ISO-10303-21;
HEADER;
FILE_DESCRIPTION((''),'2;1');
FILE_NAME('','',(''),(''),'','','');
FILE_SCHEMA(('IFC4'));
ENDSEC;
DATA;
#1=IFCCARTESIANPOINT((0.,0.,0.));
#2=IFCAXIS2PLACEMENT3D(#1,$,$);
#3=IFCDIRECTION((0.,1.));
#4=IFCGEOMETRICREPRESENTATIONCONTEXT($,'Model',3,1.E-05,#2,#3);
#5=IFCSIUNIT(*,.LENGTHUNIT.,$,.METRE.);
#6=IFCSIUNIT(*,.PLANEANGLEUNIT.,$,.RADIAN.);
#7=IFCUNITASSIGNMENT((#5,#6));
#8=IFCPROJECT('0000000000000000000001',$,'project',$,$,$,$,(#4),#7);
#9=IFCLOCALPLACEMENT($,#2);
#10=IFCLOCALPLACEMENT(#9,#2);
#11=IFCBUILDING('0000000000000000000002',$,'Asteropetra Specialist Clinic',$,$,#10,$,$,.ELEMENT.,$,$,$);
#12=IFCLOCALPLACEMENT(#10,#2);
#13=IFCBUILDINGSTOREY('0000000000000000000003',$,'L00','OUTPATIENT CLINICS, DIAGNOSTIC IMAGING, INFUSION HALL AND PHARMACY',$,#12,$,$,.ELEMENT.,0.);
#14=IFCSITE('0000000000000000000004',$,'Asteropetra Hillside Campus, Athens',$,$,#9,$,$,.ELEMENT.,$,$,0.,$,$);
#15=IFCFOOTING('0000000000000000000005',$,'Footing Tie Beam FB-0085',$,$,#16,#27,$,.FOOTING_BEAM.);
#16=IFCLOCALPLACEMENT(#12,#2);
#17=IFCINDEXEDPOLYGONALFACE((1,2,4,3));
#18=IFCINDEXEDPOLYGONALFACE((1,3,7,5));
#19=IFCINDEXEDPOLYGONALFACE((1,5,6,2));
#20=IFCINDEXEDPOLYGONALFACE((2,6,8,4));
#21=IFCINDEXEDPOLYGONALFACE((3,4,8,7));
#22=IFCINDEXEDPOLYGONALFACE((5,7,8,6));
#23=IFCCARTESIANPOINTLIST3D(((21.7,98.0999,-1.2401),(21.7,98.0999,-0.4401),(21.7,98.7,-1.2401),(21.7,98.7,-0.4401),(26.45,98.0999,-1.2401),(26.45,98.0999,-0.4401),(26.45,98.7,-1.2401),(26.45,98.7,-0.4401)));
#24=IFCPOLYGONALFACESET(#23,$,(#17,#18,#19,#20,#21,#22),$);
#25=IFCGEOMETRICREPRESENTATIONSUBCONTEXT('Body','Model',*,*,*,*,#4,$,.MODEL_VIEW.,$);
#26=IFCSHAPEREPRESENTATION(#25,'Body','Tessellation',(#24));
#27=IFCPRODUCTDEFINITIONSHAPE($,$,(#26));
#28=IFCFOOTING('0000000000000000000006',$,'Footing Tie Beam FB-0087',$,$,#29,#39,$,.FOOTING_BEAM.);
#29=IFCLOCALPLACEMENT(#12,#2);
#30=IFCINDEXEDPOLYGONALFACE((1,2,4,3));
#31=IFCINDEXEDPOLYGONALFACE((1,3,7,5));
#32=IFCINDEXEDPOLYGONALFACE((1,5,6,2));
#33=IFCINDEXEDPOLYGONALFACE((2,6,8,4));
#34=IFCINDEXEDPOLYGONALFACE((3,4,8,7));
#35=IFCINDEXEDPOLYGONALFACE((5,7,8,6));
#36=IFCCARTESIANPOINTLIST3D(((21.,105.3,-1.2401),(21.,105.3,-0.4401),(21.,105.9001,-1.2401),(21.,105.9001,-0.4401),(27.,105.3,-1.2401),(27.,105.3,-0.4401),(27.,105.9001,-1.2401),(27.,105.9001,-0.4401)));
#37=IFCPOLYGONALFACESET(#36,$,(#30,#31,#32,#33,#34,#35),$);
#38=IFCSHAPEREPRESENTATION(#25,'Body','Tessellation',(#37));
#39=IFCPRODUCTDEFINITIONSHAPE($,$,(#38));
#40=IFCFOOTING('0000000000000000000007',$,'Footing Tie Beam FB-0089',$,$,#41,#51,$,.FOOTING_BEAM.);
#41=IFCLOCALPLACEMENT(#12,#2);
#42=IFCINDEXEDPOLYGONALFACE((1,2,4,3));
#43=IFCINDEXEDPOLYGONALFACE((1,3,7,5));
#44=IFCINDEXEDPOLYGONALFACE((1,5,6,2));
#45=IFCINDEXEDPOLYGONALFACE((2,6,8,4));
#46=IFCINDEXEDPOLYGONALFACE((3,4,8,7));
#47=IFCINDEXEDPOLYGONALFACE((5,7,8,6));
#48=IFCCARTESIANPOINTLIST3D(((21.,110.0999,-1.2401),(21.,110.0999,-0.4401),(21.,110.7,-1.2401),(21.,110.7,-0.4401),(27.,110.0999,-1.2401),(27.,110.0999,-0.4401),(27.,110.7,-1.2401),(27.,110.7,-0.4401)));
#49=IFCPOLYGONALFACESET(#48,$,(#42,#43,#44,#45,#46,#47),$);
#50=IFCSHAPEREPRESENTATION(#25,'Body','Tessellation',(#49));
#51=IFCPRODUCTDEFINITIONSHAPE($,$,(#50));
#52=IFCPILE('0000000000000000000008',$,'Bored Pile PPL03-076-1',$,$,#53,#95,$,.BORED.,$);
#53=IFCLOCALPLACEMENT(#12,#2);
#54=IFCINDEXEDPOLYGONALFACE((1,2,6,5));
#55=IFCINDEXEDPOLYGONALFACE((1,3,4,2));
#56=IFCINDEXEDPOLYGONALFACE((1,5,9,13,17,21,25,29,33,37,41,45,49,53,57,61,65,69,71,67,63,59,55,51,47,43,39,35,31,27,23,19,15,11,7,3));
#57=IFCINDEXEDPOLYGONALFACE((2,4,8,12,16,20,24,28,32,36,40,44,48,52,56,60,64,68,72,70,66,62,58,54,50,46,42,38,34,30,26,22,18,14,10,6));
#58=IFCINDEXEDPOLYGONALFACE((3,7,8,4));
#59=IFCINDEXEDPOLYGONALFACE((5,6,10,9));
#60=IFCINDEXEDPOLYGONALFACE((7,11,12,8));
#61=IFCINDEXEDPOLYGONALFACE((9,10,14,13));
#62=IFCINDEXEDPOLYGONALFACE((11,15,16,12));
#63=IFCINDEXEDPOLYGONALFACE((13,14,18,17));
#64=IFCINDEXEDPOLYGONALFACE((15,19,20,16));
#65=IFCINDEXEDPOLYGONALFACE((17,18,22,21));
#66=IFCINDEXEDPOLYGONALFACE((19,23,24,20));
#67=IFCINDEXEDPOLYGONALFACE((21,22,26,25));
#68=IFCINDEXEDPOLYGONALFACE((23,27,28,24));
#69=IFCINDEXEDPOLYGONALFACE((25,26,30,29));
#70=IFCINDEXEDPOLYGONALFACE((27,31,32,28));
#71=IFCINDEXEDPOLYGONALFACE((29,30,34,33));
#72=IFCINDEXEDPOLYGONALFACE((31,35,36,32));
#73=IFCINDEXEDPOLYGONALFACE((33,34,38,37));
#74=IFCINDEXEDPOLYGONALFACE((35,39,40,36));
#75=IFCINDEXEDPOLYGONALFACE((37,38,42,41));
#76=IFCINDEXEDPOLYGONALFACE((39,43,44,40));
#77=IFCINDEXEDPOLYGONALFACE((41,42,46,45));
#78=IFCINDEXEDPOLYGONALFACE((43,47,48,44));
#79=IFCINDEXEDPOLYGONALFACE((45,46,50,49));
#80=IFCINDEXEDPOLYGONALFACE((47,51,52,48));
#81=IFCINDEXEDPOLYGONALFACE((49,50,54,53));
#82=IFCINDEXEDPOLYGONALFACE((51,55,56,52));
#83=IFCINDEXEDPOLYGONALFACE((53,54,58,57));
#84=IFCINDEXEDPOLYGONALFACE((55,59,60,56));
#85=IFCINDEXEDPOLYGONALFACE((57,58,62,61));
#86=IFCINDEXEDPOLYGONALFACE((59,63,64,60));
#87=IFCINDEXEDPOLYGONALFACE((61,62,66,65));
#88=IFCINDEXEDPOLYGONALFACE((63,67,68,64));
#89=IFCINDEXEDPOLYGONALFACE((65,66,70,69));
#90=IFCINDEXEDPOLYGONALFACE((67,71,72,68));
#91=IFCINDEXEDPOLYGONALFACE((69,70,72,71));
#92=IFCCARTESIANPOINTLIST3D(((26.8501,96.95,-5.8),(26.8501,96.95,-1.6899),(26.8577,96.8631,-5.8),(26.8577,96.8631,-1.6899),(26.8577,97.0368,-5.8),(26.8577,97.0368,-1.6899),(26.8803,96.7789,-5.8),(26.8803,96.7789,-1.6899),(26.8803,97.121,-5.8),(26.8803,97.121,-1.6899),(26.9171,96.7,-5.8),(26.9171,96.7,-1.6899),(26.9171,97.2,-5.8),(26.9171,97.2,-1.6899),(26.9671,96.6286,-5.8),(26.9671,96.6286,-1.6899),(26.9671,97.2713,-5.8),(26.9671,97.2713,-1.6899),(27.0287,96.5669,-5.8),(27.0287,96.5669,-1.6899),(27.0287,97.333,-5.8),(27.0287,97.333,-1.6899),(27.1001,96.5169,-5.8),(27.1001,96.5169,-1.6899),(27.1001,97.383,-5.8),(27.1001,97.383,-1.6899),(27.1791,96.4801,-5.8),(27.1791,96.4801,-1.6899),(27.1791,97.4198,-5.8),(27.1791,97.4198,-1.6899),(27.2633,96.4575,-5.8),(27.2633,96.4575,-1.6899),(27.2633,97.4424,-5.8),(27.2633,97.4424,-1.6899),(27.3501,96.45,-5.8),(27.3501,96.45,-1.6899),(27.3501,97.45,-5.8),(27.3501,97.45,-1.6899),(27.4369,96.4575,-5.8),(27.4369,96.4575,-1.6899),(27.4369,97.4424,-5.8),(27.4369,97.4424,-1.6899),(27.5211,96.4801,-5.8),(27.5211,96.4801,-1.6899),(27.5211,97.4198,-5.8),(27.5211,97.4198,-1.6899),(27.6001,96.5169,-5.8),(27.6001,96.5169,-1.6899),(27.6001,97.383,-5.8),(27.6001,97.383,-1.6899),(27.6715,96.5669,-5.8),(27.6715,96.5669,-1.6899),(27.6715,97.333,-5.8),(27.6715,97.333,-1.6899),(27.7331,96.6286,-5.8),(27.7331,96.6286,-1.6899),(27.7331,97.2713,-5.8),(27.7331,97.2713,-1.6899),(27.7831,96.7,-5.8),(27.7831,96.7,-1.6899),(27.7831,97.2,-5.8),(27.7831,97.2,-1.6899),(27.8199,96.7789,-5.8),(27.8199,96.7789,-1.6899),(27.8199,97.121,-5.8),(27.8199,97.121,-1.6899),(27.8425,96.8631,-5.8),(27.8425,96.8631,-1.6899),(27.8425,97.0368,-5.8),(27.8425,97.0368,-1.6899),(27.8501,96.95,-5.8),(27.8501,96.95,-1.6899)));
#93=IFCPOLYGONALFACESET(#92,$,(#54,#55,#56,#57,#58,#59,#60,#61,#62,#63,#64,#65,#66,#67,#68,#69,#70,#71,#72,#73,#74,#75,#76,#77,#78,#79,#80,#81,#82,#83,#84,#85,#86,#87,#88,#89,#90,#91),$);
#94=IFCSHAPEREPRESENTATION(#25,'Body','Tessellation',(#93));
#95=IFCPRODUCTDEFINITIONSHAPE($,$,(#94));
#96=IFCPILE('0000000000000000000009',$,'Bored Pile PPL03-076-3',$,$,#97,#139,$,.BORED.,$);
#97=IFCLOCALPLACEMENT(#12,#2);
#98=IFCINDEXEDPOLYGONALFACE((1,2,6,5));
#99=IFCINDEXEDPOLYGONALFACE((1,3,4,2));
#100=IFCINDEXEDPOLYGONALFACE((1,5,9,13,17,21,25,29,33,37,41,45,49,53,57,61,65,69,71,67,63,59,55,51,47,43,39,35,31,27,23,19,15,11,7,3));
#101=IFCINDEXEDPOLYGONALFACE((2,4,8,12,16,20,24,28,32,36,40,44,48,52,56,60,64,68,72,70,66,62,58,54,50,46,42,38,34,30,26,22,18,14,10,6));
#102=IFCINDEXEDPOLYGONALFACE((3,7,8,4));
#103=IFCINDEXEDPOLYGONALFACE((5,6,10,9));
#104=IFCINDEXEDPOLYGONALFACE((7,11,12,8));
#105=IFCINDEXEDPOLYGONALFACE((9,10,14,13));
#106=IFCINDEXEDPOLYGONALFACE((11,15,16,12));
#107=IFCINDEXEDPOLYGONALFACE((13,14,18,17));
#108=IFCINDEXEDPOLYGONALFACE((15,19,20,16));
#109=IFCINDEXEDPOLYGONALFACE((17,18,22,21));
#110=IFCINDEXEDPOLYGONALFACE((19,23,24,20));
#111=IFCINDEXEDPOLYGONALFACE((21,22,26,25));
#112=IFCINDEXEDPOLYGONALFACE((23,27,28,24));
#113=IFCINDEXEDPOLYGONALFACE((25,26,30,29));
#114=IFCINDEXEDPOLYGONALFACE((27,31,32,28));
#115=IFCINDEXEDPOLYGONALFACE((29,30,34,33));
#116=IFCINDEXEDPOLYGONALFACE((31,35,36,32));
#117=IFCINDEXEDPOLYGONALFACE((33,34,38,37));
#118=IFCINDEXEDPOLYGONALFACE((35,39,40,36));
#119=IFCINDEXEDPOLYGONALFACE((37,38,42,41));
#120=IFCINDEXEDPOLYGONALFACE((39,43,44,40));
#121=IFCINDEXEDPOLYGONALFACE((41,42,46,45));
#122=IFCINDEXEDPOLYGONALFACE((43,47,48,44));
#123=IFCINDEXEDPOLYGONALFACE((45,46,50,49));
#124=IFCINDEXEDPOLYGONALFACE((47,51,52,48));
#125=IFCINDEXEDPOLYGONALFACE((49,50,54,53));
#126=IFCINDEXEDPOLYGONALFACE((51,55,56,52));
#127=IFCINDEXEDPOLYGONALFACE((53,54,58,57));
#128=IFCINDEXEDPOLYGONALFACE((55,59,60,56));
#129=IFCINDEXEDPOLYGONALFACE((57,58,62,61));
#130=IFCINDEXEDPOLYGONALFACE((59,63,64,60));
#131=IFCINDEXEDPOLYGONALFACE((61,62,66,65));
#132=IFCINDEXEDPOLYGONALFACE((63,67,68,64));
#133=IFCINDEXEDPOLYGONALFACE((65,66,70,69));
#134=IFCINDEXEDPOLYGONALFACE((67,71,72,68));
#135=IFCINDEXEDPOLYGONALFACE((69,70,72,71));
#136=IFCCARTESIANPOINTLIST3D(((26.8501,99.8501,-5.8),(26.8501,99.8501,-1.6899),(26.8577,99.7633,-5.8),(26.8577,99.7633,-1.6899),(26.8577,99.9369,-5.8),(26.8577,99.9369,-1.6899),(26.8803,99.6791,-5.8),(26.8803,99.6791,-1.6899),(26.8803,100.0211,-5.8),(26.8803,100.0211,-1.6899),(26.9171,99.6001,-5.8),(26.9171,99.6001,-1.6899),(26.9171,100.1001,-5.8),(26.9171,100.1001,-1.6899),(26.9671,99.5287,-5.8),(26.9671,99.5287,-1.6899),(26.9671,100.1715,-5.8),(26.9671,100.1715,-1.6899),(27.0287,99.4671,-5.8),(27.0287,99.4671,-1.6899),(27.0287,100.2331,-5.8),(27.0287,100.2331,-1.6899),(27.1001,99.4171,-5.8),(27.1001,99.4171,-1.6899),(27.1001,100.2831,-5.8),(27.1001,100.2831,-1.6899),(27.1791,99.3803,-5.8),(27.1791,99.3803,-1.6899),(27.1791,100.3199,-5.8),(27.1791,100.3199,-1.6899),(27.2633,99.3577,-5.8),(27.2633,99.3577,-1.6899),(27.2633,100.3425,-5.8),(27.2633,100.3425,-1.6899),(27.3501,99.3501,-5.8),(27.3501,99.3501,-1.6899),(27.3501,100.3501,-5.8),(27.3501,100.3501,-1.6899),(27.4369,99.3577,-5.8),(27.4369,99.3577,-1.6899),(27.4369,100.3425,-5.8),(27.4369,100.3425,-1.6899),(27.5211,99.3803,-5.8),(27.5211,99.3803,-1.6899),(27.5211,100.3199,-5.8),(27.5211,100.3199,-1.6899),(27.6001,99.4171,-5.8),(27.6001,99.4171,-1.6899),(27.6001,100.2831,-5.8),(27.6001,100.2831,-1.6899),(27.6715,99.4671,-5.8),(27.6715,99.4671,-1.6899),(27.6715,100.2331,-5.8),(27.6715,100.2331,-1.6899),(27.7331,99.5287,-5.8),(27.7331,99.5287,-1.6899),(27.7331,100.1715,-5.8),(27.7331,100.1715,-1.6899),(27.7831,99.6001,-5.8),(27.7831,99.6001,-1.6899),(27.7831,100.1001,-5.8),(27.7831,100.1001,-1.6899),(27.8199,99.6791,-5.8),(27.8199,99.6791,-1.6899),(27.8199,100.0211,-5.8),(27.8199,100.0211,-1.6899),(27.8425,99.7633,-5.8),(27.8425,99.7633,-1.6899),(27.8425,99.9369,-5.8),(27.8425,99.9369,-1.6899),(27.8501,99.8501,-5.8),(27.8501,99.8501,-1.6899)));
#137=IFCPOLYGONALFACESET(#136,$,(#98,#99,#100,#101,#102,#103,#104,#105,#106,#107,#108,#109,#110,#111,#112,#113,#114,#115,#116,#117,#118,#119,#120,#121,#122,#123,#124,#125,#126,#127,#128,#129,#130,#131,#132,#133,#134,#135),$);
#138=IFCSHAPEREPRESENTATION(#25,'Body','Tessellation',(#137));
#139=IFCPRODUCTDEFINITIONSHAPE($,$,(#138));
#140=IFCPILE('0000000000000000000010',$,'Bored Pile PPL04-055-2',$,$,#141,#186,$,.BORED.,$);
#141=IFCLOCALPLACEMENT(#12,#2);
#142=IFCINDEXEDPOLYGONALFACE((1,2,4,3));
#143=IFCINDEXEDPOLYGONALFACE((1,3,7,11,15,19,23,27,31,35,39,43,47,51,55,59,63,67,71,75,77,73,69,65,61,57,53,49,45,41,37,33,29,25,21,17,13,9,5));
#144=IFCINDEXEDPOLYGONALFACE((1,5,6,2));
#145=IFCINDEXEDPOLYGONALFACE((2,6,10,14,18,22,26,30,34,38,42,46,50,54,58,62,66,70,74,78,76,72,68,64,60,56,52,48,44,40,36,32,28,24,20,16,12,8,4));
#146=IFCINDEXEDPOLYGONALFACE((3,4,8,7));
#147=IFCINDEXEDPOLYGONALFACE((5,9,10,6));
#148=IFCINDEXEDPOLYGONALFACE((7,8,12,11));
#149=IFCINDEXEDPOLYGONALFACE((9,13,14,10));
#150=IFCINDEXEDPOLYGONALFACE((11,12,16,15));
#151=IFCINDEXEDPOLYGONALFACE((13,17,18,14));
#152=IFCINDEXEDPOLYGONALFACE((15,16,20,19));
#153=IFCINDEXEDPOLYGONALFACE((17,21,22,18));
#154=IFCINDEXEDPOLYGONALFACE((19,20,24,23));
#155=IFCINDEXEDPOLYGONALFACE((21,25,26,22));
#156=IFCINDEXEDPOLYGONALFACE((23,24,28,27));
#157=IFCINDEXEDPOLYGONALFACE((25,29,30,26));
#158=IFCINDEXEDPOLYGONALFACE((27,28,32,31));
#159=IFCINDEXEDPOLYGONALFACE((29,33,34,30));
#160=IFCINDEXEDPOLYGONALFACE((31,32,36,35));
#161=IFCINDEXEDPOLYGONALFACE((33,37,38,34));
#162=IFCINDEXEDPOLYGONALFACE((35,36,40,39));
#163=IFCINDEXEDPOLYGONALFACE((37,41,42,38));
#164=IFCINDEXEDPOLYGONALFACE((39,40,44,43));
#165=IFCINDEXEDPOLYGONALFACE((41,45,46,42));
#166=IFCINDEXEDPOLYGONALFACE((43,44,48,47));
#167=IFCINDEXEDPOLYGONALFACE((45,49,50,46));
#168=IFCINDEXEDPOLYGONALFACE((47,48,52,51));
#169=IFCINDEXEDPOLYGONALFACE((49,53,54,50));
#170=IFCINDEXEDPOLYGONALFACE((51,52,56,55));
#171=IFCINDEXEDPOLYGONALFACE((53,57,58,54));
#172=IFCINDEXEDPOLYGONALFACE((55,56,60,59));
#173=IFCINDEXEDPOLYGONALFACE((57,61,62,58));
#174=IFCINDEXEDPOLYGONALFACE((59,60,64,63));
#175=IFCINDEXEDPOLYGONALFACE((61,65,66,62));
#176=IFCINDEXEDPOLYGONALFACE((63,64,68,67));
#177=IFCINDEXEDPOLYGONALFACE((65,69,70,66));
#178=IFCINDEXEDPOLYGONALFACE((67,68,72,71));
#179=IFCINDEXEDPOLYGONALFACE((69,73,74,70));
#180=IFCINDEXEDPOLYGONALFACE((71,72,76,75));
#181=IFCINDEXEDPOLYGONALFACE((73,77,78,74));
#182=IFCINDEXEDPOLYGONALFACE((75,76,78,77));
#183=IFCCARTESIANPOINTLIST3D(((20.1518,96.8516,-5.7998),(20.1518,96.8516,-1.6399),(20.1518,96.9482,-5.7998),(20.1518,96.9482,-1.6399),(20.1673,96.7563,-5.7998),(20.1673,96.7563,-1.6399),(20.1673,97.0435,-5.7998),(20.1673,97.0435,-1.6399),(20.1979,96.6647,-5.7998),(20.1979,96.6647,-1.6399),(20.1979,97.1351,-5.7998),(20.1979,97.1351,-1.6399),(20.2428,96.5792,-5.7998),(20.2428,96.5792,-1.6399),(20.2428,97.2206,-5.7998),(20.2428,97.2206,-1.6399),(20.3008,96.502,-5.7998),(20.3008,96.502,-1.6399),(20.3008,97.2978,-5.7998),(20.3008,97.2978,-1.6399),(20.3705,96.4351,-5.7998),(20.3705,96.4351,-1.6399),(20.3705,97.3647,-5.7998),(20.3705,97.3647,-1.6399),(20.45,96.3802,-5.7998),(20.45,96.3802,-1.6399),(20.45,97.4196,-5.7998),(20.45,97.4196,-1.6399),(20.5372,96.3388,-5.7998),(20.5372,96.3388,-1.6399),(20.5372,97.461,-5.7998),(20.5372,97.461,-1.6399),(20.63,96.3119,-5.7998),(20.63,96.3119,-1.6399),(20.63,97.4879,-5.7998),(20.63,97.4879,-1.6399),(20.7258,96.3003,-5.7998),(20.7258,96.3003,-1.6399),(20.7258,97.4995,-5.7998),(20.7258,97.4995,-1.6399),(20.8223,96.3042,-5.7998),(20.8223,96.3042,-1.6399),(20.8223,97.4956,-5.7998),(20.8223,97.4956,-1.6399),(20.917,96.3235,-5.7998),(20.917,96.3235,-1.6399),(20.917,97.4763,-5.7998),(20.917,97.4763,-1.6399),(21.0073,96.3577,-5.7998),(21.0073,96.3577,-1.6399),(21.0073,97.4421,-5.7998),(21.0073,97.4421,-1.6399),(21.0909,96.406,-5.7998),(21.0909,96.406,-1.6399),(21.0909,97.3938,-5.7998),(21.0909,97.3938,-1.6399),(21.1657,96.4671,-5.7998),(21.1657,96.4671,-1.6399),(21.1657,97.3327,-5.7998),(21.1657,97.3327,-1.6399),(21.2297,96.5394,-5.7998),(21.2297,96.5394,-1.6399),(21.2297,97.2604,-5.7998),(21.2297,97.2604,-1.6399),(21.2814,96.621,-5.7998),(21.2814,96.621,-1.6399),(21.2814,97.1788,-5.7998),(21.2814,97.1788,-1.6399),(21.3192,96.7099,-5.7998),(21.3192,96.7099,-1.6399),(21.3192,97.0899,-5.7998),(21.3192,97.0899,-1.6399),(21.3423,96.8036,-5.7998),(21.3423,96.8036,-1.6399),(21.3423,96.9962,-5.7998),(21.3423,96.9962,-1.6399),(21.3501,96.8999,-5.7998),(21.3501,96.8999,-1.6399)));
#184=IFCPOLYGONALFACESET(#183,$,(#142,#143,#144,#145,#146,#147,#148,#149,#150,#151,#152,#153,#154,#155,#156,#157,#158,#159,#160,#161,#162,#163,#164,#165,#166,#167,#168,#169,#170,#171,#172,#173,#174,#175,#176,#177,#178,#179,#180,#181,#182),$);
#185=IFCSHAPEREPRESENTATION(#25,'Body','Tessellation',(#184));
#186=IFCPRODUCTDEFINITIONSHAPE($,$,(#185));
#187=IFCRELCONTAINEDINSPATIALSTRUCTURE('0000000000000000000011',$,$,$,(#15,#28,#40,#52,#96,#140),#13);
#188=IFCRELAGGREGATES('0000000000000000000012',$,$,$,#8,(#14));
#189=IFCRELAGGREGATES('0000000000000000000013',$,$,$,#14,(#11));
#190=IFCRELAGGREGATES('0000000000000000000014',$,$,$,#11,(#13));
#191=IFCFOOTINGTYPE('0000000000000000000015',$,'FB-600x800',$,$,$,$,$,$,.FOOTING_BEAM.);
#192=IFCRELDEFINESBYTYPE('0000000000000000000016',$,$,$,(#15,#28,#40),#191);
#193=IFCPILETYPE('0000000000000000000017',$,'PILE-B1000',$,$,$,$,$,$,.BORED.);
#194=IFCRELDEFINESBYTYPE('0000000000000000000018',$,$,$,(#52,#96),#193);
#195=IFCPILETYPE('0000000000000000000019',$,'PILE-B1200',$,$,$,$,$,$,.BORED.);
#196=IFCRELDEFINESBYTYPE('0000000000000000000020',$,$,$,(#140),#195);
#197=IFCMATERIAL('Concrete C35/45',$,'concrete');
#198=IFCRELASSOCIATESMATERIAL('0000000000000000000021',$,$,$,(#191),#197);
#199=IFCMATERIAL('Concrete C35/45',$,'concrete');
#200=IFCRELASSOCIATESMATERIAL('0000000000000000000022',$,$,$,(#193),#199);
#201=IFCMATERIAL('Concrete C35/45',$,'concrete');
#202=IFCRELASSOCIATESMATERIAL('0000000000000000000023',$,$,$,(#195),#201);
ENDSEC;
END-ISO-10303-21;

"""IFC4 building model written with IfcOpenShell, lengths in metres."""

from ifc_helpers import new_model, si_unit, direction, frame, origin, origin_2d, place, context, subcontext, project, spatial, rectangle, circle, extrude, material, material_profile, profile_set, type_object, element, save


model = new_model("IFC4")

# Units and contexts
model_context = context("Model", 3, precision=1e-05, world=origin(), true_north=direction((0.0, 1.0)))
body_context = subcontext(model_context, "Body", "Model", "MODEL_VIEW")
ifc_project = project(units=[si_unit("LENGTHUNIT", "METRE"), si_unit("PLANEANGLEUNIT", "RADIAN")], contexts=[model_context])

# Site, building, storey
site_placement = place(None, origin())
site = spatial("IfcSite", under=ifc_project, at=site_placement, Name="Asteropetra Hillside Campus, Athens", CompositionType="ELEMENT", RefElevation=0.0)
building_placement = place(site_placement, origin())
building = spatial("IfcBuilding", under=site, at=building_placement, Name="Asteropetra Specialist Clinic", CompositionType="ELEMENT")
storey_placement = place(building_placement, origin())
storey = spatial("IfcBuildingStorey", under=building, at=storey_placement, Name="L00", Description="OUTPATIENT CLINICS, DIAGNOSTIC IMAGING, INFUSION HALL AND PHARMACY", CompositionType="ELEMENT", Elevation=0.0)

# Footings
ifc_material_1 = material(Name="Concrete C35/45", Category="concrete")
ifc_material_profile_1 = material_profile(ifc_material_1, rectangle(XDim=0.6001, YDim=0.8, at=origin_2d()), Name="FB 600x800")
ifc_profile_set_1 = profile_set([ifc_material_profile_1], Name="Concrete C35/45")
footing_type = type_object("IfcFootingType", Name="FB-600x800", PredefinedType="FOOTING_BEAM", material=ifc_profile_set_1)
footing_placement = place(storey_placement, frame((21.7, 98.3999, -0.8401), z_axis=(1.0, 0.0, 0.0), x_axis=(0.0, 1.0, 0.0)))
element("IfcFooting", 1, at=footing_placement, inside=storey, type_object=footing_type, Name="Footing Tie Beam FB-0085", PredefinedType="FOOTING_BEAM", context=body_context, shape_type="SweptSolid", body=[
    extrude(rectangle(XDim=0.6001, YDim=0.8, at=origin_2d()), origin(), (0.0, 0.0, 1.0), 4.75),
])
for number, where, z_axis, x_axis, name in (
    (2, (21.0, 105.6001, -0.8401), (1.0, 0.0, 0.0), (0.0, 1.0, 0.0), "Footing Tie Beam FB-0087"),
    (3, (21.0, 110.3999, -0.8401), (1.0, 0.0, 0.0), (0.0, 1.0, 0.0), "Footing Tie Beam FB-0089"),
):
    element("IfcFooting", number, at=place(storey_placement, frame(where, z_axis=z_axis, x_axis=x_axis)), inside=storey, type_object=footing_type, Name=name, PredefinedType="FOOTING_BEAM", context=body_context, shape_type="SweptSolid", body=[
        extrude(rectangle(XDim=0.6001, YDim=0.8, at=origin_2d()), origin(), (0.0, 0.0, 1.0), 6.0),
    ])

# Piles
ifc_material_2 = material(Name="Concrete C35/45", Category="concrete")
ifc_material_profile_2 = material_profile(ifc_material_2, circle(Radius=0.5, at=origin_2d()), Name="PILE D1000")
ifc_profile_set_2 = profile_set([ifc_material_profile_2], Name="Concrete C35/45")
pile_type_1 = type_object("IfcPileType", Name="PILE-B1000", PredefinedType="BORED", material=ifc_profile_set_2)
for number, where, z_axis, x_axis, name in (
    (4, (27.3501, 96.95, -1.6899), (0.0, 0.0, -1.0), (1.0, 0.0, 0.0), "Bored Pile PPL03-076-1"),
    (5, (27.3501, 99.8501, -1.6899), (0.0, 0.0, -1.0), (1.0, 0.0, 0.0), "Bored Pile PPL03-076-3"),
):
    element("IfcPile", number, at=place(storey_placement, frame(where, z_axis=z_axis, x_axis=x_axis)), inside=storey, type_object=pile_type_1, Name=name, PredefinedType="BORED", context=body_context, shape_type="SweptSolid", body=[
        extrude(circle(Radius=0.5, at=origin_2d()), origin(), (0.0, 0.0, 1.0), 4.1101),
    ])
ifc_material_3 = material(Name="Concrete C35/45", Category="concrete")
ifc_material_profile_3 = material_profile(ifc_material_3, circle(Radius=0.6001, at=origin_2d()), Name="PILE D1200")
ifc_profile_set_3 = profile_set([ifc_material_profile_3], Name="Concrete C35/45")
pile_type_2 = type_object("IfcPileType", Name="PILE-B1200", PredefinedType="BORED", material=ifc_profile_set_3)
for number, where, z_axis, x_axis, name in (
    (6, (20.75, 96.8999, -1.6399), (0.0, 0.0, -1.0), (1.0, 0.0, 0.0), "Bored Pile PPL04-055-2"),
):
    element("IfcPile", number, at=place(storey_placement, frame(where, z_axis=z_axis, x_axis=x_axis)), inside=storey, type_object=pile_type_2, Name=name, PredefinedType="BORED", context=body_context, shape_type="SweptSolid", body=[
        extrude(circle(Radius=0.6001, at=origin_2d()), origin(), (0.0, 0.0, 1.0), 4.1599),
    ])

save(model, "model.ifc")
